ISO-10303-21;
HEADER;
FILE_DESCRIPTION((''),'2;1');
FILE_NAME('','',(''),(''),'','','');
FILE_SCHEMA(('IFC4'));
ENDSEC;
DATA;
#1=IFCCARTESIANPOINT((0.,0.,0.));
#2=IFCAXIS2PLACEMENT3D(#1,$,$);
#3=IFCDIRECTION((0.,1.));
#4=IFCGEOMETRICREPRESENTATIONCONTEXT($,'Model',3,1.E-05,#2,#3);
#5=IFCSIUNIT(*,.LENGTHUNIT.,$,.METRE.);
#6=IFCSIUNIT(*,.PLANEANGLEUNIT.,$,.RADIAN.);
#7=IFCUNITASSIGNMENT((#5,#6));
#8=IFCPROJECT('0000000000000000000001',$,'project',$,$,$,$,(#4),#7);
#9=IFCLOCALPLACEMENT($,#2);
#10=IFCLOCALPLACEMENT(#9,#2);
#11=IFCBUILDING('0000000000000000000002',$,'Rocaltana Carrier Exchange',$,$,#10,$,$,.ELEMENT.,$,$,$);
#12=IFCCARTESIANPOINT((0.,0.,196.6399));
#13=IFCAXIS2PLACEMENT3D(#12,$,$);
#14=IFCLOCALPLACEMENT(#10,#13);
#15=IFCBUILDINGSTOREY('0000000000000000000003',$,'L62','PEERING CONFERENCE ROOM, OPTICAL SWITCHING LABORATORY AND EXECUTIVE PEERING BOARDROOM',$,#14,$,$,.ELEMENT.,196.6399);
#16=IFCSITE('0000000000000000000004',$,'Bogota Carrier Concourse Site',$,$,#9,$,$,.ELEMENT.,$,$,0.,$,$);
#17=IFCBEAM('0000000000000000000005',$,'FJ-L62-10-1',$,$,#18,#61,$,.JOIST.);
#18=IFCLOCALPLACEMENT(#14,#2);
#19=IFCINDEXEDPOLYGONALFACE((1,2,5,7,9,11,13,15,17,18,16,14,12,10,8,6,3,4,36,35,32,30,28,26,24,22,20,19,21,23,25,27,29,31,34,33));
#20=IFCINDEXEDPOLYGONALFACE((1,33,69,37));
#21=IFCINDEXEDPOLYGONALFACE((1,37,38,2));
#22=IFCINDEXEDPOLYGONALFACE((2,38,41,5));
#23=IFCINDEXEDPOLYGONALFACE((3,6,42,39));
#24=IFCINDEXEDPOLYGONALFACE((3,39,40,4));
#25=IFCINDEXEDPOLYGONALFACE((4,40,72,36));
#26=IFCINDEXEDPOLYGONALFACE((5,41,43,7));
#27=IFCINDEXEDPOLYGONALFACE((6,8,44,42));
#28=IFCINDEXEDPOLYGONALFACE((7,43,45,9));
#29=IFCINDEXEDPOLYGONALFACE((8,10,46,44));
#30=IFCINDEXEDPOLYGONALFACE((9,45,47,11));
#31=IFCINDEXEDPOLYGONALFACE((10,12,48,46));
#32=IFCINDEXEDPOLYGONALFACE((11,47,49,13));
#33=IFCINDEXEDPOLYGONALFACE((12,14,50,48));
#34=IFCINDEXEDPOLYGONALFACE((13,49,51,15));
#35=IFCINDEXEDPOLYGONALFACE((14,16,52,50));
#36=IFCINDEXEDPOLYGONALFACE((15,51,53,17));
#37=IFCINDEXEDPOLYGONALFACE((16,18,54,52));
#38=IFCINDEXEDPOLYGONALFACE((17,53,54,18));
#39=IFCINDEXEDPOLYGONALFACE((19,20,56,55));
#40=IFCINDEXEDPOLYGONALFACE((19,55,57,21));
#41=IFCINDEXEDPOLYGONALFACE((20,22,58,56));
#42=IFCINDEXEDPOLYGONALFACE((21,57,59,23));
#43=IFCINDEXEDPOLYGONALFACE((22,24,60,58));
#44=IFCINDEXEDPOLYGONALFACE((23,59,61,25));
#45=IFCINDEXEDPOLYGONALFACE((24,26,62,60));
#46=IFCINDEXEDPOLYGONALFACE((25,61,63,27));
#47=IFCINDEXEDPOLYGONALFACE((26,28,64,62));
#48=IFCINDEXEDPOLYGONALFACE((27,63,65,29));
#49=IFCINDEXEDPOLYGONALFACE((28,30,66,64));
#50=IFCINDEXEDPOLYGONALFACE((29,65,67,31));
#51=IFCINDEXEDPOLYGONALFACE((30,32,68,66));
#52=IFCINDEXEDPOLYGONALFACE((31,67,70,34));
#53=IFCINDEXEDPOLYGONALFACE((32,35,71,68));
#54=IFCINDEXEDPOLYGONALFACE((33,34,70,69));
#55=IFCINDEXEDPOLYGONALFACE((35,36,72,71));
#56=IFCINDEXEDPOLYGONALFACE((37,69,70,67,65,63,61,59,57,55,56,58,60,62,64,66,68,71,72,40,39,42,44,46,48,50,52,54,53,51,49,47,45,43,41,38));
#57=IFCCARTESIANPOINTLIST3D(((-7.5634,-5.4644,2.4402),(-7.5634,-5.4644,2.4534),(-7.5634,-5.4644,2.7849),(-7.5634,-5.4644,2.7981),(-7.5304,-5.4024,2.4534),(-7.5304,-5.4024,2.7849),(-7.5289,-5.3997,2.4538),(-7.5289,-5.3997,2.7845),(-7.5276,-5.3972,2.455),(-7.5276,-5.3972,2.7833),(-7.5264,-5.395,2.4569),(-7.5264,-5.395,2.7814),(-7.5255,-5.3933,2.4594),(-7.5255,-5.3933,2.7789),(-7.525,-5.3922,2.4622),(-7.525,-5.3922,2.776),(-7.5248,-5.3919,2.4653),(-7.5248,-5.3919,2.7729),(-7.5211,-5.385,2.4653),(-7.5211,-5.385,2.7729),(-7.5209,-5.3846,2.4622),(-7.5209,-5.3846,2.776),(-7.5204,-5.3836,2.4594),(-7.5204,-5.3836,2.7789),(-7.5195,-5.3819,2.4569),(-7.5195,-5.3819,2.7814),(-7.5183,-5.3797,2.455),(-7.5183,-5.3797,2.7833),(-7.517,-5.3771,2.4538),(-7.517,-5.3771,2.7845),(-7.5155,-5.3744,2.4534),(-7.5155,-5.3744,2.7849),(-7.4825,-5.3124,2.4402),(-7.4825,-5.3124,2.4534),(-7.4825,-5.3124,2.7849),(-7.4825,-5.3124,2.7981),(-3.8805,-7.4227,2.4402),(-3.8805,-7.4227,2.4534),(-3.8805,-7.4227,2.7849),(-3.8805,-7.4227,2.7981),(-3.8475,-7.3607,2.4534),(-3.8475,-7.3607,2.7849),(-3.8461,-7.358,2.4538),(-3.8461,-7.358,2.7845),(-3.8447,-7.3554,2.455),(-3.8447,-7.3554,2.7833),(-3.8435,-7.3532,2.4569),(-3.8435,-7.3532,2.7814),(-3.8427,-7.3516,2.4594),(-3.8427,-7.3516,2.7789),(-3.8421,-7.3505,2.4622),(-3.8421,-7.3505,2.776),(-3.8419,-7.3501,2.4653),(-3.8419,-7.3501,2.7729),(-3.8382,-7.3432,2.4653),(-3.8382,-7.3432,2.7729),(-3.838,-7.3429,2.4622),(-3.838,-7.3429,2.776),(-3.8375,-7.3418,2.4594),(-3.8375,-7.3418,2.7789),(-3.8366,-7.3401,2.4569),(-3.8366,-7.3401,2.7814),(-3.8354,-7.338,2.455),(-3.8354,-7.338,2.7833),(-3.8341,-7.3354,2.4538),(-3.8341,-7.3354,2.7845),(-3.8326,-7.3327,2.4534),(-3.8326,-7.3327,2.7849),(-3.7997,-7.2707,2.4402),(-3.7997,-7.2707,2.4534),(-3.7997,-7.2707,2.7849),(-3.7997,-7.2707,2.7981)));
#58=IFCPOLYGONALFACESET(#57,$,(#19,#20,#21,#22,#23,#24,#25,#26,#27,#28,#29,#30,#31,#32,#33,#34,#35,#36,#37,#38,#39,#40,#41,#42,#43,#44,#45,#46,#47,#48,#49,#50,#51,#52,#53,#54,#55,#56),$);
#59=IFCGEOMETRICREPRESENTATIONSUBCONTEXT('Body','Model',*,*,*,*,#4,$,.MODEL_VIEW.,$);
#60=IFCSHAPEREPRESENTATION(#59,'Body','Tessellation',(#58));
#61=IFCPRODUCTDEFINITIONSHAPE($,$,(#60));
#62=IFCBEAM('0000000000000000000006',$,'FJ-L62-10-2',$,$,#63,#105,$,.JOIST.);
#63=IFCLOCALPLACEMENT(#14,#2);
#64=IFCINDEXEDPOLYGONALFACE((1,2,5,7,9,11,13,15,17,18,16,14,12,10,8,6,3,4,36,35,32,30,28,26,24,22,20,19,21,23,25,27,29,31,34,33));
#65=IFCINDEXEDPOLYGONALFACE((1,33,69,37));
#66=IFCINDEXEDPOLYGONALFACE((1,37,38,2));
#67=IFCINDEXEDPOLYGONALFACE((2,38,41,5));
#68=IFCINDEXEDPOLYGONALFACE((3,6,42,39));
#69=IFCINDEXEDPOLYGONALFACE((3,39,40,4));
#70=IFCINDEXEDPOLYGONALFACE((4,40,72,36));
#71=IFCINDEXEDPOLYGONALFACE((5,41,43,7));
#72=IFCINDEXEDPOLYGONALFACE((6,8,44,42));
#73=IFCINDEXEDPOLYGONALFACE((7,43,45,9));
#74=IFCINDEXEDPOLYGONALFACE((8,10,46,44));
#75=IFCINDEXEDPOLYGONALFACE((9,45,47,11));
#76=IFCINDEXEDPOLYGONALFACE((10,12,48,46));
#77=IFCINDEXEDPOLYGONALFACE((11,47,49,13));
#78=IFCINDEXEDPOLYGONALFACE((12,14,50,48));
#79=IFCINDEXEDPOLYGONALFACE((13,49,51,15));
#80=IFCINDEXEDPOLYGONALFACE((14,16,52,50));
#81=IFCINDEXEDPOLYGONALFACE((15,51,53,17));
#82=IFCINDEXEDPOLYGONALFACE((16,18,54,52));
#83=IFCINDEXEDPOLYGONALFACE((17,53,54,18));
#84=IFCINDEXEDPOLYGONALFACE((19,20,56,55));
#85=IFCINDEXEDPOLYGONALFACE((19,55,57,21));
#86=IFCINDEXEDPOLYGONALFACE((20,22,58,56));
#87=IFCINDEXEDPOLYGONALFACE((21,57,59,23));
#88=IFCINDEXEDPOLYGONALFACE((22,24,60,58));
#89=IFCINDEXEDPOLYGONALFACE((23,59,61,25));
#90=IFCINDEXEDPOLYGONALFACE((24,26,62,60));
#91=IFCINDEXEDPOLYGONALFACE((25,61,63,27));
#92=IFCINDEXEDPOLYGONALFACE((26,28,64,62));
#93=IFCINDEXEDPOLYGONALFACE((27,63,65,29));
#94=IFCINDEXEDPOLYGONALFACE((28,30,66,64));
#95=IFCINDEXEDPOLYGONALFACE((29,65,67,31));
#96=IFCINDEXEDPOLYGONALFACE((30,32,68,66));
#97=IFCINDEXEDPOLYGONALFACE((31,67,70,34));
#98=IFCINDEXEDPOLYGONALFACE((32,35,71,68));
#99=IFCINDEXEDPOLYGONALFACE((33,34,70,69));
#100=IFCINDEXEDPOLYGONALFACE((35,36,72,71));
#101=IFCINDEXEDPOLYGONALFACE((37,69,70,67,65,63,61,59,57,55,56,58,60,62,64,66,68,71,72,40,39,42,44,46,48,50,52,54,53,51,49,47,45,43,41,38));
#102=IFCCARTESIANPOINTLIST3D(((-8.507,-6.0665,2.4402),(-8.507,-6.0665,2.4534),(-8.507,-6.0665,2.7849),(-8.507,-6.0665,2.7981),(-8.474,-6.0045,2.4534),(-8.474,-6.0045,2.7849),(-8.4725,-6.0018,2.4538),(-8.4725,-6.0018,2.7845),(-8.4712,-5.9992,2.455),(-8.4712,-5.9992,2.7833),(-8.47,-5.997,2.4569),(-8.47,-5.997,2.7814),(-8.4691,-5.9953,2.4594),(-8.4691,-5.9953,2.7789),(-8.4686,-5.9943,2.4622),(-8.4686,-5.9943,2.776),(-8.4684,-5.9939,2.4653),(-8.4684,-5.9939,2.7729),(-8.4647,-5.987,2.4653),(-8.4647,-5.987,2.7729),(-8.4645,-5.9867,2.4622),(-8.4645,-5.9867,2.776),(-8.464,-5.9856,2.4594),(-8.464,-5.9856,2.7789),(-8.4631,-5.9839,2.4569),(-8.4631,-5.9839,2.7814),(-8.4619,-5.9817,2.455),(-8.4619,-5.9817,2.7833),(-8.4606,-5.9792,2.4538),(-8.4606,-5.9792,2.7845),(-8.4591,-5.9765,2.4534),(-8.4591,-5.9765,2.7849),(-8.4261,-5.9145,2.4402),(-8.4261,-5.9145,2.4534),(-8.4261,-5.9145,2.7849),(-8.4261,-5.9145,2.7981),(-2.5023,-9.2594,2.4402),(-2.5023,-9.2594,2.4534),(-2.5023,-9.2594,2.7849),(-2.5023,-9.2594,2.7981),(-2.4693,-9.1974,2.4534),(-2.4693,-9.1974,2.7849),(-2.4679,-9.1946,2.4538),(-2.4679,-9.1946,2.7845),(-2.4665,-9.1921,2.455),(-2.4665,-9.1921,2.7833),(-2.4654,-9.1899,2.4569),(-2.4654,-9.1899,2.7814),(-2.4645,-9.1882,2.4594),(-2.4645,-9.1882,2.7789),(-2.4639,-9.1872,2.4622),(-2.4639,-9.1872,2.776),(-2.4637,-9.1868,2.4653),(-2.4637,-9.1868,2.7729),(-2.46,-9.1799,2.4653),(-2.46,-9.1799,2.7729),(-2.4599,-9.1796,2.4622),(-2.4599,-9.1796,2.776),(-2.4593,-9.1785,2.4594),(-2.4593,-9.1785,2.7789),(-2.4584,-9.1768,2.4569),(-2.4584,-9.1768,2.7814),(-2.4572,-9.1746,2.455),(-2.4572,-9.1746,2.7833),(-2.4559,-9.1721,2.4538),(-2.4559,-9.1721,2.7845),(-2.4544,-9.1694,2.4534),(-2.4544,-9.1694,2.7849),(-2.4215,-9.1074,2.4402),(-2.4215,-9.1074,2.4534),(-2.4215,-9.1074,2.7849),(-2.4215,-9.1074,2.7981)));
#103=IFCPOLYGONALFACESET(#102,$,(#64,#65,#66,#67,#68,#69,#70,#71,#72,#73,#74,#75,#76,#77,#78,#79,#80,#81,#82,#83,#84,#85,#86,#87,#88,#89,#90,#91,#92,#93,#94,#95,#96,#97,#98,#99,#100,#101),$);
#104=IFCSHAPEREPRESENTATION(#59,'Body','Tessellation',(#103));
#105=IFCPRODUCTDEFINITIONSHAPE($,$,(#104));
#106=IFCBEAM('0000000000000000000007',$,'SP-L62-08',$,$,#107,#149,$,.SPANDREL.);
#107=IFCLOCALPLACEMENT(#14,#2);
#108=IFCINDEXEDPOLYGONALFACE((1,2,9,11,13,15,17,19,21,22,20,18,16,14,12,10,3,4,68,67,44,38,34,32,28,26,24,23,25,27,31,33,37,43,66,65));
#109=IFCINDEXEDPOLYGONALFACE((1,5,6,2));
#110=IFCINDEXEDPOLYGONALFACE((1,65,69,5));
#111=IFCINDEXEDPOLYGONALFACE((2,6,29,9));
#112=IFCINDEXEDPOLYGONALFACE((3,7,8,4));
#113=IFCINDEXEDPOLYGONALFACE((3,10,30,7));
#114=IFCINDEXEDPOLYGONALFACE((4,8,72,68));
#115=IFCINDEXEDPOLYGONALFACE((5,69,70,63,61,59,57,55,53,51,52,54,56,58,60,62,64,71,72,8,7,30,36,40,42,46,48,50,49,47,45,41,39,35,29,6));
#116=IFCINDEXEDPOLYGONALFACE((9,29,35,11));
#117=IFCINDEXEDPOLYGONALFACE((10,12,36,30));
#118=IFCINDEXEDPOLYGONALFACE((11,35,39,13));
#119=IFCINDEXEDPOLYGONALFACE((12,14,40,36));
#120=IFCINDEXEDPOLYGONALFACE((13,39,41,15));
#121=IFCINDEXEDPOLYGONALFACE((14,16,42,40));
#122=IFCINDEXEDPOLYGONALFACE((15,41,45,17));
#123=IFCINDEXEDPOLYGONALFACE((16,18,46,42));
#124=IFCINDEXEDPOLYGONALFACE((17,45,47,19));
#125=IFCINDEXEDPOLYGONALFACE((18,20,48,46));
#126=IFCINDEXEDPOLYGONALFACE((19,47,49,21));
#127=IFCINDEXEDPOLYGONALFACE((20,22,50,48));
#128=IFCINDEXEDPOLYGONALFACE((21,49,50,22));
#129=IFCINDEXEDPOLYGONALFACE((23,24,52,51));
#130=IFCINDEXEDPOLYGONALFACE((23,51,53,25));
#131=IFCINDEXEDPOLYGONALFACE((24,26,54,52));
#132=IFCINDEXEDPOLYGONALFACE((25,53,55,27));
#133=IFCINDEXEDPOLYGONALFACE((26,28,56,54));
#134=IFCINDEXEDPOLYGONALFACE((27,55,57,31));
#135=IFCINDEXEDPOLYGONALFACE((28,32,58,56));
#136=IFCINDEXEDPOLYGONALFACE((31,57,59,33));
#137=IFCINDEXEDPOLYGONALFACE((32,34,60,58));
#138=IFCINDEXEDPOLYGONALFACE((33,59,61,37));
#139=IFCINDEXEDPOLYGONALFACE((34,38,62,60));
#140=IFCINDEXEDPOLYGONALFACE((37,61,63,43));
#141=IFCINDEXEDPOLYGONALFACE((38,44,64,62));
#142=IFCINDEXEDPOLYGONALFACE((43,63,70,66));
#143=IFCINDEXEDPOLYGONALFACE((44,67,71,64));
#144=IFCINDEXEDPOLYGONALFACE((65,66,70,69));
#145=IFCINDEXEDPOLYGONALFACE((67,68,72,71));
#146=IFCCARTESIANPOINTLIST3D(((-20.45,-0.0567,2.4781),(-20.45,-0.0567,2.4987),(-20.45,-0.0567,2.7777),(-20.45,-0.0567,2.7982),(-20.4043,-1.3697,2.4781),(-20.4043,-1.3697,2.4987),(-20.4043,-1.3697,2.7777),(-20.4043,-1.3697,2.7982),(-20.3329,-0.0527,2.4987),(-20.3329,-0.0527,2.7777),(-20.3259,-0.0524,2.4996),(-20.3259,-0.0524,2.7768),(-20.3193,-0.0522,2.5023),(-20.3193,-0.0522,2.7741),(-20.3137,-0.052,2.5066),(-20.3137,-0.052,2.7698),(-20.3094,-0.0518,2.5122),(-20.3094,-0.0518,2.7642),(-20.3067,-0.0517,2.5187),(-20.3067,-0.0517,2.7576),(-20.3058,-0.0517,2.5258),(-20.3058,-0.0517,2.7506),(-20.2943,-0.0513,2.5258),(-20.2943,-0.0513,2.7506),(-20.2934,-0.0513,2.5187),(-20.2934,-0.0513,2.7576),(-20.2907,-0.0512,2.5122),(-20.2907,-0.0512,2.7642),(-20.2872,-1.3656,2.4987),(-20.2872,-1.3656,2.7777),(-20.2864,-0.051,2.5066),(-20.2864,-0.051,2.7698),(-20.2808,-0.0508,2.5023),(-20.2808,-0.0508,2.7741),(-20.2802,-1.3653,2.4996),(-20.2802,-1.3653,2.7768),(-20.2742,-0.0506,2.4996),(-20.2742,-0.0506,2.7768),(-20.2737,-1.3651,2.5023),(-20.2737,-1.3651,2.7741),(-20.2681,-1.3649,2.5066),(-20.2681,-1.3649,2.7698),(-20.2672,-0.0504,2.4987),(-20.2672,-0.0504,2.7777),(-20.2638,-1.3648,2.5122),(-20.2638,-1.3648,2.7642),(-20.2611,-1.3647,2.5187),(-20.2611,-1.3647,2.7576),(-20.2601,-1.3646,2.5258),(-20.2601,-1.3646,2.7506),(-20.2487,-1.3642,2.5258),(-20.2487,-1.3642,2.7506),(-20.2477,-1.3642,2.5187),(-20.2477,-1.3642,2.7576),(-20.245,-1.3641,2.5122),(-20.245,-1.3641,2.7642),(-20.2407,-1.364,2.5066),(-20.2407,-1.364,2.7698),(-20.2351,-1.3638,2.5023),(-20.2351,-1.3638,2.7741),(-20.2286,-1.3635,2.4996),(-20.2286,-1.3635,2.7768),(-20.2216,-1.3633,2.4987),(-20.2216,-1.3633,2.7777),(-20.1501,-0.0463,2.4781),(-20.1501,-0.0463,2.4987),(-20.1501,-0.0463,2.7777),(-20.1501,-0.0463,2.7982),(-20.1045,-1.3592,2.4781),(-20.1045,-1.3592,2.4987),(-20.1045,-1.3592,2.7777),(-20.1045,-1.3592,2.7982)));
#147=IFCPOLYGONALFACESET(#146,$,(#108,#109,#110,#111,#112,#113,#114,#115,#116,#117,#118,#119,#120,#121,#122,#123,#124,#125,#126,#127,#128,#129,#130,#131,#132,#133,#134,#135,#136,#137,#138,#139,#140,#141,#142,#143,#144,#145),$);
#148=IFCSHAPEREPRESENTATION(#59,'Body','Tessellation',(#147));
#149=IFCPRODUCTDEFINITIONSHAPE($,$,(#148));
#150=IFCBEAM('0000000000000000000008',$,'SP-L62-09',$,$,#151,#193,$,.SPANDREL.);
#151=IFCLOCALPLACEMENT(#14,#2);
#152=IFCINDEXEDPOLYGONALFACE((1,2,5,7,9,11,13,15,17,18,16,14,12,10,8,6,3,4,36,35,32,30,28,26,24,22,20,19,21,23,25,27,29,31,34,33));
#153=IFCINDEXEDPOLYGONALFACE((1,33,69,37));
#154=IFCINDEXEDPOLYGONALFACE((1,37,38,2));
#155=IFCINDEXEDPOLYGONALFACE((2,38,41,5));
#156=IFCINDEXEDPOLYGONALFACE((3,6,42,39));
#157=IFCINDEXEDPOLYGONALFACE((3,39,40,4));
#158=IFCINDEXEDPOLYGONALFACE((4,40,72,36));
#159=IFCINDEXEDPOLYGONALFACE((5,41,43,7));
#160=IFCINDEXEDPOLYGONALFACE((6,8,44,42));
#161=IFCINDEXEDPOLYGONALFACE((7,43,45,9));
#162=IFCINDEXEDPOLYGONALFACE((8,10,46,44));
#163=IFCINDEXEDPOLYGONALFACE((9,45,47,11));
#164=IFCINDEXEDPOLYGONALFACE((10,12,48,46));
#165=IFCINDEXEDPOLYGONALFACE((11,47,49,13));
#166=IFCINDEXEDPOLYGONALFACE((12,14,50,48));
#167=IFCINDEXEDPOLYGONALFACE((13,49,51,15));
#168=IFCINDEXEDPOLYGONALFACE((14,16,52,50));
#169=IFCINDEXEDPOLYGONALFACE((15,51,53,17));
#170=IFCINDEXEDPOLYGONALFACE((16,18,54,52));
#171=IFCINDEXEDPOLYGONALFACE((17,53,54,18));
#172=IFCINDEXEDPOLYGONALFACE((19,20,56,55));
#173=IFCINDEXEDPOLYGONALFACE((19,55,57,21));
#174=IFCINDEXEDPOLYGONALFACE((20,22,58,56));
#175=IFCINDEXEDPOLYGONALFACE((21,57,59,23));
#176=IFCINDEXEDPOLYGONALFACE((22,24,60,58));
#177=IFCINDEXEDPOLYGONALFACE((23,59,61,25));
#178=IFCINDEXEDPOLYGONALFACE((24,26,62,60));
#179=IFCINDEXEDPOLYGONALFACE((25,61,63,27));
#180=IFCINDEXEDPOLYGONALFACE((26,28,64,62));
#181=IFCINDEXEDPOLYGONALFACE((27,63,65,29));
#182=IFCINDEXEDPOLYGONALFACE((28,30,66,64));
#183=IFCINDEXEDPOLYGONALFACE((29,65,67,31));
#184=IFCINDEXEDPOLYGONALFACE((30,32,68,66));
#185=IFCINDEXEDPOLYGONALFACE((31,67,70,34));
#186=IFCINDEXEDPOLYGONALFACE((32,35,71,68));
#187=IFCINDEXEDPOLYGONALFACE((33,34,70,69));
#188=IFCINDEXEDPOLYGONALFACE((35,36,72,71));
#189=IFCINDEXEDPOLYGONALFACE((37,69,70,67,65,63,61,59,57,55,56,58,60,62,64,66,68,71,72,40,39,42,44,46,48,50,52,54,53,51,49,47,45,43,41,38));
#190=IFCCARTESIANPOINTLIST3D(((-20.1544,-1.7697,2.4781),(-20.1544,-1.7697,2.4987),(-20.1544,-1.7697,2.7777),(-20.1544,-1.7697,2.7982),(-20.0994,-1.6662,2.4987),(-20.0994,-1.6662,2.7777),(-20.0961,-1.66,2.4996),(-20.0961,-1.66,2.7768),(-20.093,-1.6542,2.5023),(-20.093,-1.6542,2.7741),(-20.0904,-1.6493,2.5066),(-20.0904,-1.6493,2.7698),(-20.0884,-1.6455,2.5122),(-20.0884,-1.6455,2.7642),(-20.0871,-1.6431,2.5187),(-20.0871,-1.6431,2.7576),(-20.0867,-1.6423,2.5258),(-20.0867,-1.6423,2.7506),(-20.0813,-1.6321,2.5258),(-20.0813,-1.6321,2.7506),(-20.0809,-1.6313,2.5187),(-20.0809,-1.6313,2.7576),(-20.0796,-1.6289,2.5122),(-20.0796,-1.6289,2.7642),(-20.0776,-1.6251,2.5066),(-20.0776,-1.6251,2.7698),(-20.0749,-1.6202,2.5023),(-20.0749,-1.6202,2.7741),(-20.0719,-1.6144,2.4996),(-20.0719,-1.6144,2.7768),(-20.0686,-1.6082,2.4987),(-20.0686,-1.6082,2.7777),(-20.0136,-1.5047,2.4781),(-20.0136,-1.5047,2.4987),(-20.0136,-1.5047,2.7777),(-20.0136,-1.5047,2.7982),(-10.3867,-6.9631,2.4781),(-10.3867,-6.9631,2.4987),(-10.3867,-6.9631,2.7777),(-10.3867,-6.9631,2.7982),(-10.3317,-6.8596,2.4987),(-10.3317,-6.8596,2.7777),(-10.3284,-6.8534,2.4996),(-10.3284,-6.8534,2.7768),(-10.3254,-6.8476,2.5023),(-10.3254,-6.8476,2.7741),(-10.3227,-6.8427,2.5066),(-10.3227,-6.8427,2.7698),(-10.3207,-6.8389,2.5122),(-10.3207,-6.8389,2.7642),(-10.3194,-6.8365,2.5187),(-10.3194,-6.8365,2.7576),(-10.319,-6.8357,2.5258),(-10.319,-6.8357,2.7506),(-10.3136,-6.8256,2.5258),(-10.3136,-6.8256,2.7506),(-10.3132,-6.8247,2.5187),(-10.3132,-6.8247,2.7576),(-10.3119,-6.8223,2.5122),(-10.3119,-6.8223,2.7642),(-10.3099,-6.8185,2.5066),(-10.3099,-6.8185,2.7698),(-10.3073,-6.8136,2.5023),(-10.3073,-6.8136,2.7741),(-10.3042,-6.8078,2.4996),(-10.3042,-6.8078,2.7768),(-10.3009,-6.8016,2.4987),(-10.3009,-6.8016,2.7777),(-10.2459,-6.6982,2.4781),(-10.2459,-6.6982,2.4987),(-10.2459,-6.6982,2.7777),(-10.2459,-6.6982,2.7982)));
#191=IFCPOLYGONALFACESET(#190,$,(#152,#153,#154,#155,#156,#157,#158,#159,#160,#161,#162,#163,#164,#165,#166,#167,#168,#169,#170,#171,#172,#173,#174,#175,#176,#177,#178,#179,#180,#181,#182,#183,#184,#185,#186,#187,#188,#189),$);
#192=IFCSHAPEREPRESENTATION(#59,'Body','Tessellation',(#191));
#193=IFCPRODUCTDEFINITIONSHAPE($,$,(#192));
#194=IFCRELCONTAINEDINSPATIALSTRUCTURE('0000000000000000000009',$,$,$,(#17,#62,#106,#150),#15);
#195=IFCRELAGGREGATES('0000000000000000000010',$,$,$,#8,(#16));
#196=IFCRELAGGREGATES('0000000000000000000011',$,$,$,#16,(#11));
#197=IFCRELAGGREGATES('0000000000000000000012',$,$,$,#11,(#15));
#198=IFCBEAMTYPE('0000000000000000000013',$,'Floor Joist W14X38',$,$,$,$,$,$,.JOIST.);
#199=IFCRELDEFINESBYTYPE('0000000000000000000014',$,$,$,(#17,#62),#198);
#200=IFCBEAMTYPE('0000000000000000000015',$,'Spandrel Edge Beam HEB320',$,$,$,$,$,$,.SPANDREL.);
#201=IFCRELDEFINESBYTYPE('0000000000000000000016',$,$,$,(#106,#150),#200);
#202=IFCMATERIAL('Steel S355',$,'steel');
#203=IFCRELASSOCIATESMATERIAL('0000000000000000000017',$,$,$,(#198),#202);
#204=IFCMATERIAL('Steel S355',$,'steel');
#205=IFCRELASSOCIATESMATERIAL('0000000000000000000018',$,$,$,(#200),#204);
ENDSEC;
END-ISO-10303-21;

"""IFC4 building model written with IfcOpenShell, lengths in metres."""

from ifc_helpers import new_model, si_unit, direction, frame, origin, origin_2d, place, context, subcontext, project, spatial, i_section, extrude, material, material_profile, profile_set, type_object, element, save


model = new_model("IFC4")

# Units and contexts
model_context = context("Model", 3, precision=1e-05, world=origin(), true_north=direction((0.0, 1.0)))
body_context = subcontext(model_context, "Body", "Model", "MODEL_VIEW")
ifc_project = project(units=[si_unit("LENGTHUNIT", "METRE"), si_unit("PLANEANGLEUNIT", "RADIAN")], contexts=[model_context])

# Site, building, storey
site_placement = place(None, origin())
site = spatial("IfcSite", under=ifc_project, at=site_placement, Name="Bogota Carrier Concourse Site", CompositionType="ELEMENT", RefElevation=0.0)
building_placement = place(site_placement, origin())
building = spatial("IfcBuilding", under=site, at=building_placement, Name="Rocaltana Carrier Exchange", CompositionType="ELEMENT")
storey_placement = place(building_placement, frame((0.0, 0.0, 196.6399)))
storey = spatial("IfcBuildingStorey", under=building, at=storey_placement, Name="L62", Description="PEERING CONFERENCE ROOM, OPTICAL SWITCHING LABORATORY AND EXECUTIVE PEERING BOARDROOM", CompositionType="ELEMENT", Elevation=196.6399)

# Beams
ifc_material_1 = material(Name="Steel S355", Category="steel")
ifc_material_profile_1 = material_profile(ifc_material_1, i_section(OverallWidth=0.1721, OverallDepth=0.3579, WebThickness=0.0078, FlangeThickness=0.0132, FilletRadius=0.012, at=origin_2d()), Name="W14X38")
ifc_profile_set_1 = profile_set([ifc_material_profile_1], Name="Steel S355")
beam_type_1 = type_object("IfcBeamType", Name="Floor Joist W14X38", PredefinedType="JOIST", material=ifc_profile_set_1)
beam_1_placement = place(storey_placement, frame((-7.5229, -5.3884, 2.6191), z_axis=(0.882944, -0.469479, 0.0), x_axis=(0.469479, 0.882944, 0.0)))
element("IfcBeam", 1, at=beam_1_placement, inside=storey, type_object=beam_type_1, Name="FJ-L62-10-1", PredefinedType="JOIST", context=body_context, shape_type="SweptSolid", body=[
    extrude(i_section(OverallWidth=0.1721, OverallDepth=0.3579, WebThickness=0.0078, FlangeThickness=0.0132, FilletRadius=0.012, at=origin_2d()), origin(), (0.0, 0.0, 1.0), 4.1711),
])
beam_2_placement = place(storey_placement, frame((-8.4666, -5.9905, 2.6191), z_axis=(0.882939, -0.469489, 0.0), x_axis=(0.469489, 0.882939, 0.0)))
element("IfcBeam", 2, at=beam_2_placement, inside=storey, type_object=beam_type_1, Name="FJ-L62-10-2", PredefinedType="JOIST", context=body_context, shape_type="SweptSolid", body=[
    extrude(i_section(OverallWidth=0.1721, OverallDepth=0.3579, WebThickness=0.0078, FlangeThickness=0.0132, FilletRadius=0.012, at=origin_2d()), origin(), (0.0, 0.0, 1.0), 6.8008),
])
ifc_material_2 = material(Name="Steel S355", Category="steel")
ifc_material_profile_2 = material_profile(ifc_material_2, i_section(OverallWidth=0.3, OverallDepth=0.3201, WebThickness=0.0115, FlangeThickness=0.0205, FilletRadius=0.0271, at=origin_2d()), Name="HEB320")
ifc_profile_set_2 = profile_set([ifc_material_profile_2], Name="Steel S355")
beam_type_2 = type_object("IfcBeamType", Name="Spandrel Edge Beam HEB320", PredefinedType="SPANDREL", material=ifc_profile_set_2)
beam_3_placement = place(storey_placement, frame((-20.3, -0.0515, 2.6382), z_axis=(0.03475, -0.999396, 0.0), x_axis=(0.999396, 0.03475, 0.0)))
element("IfcBeam", 3, at=beam_3_placement, inside=storey, type_object=beam_type_2, Name="SP-L62-08", PredefinedType="SPANDREL", context=body_context, shape_type="SweptSolid", body=[
    extrude(i_section(OverallWidth=0.3, OverallDepth=0.3201, WebThickness=0.0115, FlangeThickness=0.0205, FilletRadius=0.0271, at=origin_2d()), origin(), (0.0, 0.0, 1.0), 1.3137),
])
for number, where, z_axis, x_axis, name in (
    (4, (-20.084, -1.6372, 2.6382), (0.882953, -0.469461, 0.0), (0.469461, 0.882953, 0.0), "SP-L62-09"),
):
    element("IfcBeam", number, at=place(storey_placement, frame(where, z_axis=z_axis, x_axis=x_axis)), inside=storey, type_object=beam_type_2, Name=name, PredefinedType="SPANDREL", context=body_context, shape_type="SweptSolid", body=[
        extrude(i_section(OverallWidth=0.3, OverallDepth=0.3201, WebThickness=0.0115, FlangeThickness=0.0205, FilletRadius=0.0271, at=origin_2d()), origin(), (0.0, 0.0, 1.0), 11.0625),
    ])

save(model, "model.ifc")
